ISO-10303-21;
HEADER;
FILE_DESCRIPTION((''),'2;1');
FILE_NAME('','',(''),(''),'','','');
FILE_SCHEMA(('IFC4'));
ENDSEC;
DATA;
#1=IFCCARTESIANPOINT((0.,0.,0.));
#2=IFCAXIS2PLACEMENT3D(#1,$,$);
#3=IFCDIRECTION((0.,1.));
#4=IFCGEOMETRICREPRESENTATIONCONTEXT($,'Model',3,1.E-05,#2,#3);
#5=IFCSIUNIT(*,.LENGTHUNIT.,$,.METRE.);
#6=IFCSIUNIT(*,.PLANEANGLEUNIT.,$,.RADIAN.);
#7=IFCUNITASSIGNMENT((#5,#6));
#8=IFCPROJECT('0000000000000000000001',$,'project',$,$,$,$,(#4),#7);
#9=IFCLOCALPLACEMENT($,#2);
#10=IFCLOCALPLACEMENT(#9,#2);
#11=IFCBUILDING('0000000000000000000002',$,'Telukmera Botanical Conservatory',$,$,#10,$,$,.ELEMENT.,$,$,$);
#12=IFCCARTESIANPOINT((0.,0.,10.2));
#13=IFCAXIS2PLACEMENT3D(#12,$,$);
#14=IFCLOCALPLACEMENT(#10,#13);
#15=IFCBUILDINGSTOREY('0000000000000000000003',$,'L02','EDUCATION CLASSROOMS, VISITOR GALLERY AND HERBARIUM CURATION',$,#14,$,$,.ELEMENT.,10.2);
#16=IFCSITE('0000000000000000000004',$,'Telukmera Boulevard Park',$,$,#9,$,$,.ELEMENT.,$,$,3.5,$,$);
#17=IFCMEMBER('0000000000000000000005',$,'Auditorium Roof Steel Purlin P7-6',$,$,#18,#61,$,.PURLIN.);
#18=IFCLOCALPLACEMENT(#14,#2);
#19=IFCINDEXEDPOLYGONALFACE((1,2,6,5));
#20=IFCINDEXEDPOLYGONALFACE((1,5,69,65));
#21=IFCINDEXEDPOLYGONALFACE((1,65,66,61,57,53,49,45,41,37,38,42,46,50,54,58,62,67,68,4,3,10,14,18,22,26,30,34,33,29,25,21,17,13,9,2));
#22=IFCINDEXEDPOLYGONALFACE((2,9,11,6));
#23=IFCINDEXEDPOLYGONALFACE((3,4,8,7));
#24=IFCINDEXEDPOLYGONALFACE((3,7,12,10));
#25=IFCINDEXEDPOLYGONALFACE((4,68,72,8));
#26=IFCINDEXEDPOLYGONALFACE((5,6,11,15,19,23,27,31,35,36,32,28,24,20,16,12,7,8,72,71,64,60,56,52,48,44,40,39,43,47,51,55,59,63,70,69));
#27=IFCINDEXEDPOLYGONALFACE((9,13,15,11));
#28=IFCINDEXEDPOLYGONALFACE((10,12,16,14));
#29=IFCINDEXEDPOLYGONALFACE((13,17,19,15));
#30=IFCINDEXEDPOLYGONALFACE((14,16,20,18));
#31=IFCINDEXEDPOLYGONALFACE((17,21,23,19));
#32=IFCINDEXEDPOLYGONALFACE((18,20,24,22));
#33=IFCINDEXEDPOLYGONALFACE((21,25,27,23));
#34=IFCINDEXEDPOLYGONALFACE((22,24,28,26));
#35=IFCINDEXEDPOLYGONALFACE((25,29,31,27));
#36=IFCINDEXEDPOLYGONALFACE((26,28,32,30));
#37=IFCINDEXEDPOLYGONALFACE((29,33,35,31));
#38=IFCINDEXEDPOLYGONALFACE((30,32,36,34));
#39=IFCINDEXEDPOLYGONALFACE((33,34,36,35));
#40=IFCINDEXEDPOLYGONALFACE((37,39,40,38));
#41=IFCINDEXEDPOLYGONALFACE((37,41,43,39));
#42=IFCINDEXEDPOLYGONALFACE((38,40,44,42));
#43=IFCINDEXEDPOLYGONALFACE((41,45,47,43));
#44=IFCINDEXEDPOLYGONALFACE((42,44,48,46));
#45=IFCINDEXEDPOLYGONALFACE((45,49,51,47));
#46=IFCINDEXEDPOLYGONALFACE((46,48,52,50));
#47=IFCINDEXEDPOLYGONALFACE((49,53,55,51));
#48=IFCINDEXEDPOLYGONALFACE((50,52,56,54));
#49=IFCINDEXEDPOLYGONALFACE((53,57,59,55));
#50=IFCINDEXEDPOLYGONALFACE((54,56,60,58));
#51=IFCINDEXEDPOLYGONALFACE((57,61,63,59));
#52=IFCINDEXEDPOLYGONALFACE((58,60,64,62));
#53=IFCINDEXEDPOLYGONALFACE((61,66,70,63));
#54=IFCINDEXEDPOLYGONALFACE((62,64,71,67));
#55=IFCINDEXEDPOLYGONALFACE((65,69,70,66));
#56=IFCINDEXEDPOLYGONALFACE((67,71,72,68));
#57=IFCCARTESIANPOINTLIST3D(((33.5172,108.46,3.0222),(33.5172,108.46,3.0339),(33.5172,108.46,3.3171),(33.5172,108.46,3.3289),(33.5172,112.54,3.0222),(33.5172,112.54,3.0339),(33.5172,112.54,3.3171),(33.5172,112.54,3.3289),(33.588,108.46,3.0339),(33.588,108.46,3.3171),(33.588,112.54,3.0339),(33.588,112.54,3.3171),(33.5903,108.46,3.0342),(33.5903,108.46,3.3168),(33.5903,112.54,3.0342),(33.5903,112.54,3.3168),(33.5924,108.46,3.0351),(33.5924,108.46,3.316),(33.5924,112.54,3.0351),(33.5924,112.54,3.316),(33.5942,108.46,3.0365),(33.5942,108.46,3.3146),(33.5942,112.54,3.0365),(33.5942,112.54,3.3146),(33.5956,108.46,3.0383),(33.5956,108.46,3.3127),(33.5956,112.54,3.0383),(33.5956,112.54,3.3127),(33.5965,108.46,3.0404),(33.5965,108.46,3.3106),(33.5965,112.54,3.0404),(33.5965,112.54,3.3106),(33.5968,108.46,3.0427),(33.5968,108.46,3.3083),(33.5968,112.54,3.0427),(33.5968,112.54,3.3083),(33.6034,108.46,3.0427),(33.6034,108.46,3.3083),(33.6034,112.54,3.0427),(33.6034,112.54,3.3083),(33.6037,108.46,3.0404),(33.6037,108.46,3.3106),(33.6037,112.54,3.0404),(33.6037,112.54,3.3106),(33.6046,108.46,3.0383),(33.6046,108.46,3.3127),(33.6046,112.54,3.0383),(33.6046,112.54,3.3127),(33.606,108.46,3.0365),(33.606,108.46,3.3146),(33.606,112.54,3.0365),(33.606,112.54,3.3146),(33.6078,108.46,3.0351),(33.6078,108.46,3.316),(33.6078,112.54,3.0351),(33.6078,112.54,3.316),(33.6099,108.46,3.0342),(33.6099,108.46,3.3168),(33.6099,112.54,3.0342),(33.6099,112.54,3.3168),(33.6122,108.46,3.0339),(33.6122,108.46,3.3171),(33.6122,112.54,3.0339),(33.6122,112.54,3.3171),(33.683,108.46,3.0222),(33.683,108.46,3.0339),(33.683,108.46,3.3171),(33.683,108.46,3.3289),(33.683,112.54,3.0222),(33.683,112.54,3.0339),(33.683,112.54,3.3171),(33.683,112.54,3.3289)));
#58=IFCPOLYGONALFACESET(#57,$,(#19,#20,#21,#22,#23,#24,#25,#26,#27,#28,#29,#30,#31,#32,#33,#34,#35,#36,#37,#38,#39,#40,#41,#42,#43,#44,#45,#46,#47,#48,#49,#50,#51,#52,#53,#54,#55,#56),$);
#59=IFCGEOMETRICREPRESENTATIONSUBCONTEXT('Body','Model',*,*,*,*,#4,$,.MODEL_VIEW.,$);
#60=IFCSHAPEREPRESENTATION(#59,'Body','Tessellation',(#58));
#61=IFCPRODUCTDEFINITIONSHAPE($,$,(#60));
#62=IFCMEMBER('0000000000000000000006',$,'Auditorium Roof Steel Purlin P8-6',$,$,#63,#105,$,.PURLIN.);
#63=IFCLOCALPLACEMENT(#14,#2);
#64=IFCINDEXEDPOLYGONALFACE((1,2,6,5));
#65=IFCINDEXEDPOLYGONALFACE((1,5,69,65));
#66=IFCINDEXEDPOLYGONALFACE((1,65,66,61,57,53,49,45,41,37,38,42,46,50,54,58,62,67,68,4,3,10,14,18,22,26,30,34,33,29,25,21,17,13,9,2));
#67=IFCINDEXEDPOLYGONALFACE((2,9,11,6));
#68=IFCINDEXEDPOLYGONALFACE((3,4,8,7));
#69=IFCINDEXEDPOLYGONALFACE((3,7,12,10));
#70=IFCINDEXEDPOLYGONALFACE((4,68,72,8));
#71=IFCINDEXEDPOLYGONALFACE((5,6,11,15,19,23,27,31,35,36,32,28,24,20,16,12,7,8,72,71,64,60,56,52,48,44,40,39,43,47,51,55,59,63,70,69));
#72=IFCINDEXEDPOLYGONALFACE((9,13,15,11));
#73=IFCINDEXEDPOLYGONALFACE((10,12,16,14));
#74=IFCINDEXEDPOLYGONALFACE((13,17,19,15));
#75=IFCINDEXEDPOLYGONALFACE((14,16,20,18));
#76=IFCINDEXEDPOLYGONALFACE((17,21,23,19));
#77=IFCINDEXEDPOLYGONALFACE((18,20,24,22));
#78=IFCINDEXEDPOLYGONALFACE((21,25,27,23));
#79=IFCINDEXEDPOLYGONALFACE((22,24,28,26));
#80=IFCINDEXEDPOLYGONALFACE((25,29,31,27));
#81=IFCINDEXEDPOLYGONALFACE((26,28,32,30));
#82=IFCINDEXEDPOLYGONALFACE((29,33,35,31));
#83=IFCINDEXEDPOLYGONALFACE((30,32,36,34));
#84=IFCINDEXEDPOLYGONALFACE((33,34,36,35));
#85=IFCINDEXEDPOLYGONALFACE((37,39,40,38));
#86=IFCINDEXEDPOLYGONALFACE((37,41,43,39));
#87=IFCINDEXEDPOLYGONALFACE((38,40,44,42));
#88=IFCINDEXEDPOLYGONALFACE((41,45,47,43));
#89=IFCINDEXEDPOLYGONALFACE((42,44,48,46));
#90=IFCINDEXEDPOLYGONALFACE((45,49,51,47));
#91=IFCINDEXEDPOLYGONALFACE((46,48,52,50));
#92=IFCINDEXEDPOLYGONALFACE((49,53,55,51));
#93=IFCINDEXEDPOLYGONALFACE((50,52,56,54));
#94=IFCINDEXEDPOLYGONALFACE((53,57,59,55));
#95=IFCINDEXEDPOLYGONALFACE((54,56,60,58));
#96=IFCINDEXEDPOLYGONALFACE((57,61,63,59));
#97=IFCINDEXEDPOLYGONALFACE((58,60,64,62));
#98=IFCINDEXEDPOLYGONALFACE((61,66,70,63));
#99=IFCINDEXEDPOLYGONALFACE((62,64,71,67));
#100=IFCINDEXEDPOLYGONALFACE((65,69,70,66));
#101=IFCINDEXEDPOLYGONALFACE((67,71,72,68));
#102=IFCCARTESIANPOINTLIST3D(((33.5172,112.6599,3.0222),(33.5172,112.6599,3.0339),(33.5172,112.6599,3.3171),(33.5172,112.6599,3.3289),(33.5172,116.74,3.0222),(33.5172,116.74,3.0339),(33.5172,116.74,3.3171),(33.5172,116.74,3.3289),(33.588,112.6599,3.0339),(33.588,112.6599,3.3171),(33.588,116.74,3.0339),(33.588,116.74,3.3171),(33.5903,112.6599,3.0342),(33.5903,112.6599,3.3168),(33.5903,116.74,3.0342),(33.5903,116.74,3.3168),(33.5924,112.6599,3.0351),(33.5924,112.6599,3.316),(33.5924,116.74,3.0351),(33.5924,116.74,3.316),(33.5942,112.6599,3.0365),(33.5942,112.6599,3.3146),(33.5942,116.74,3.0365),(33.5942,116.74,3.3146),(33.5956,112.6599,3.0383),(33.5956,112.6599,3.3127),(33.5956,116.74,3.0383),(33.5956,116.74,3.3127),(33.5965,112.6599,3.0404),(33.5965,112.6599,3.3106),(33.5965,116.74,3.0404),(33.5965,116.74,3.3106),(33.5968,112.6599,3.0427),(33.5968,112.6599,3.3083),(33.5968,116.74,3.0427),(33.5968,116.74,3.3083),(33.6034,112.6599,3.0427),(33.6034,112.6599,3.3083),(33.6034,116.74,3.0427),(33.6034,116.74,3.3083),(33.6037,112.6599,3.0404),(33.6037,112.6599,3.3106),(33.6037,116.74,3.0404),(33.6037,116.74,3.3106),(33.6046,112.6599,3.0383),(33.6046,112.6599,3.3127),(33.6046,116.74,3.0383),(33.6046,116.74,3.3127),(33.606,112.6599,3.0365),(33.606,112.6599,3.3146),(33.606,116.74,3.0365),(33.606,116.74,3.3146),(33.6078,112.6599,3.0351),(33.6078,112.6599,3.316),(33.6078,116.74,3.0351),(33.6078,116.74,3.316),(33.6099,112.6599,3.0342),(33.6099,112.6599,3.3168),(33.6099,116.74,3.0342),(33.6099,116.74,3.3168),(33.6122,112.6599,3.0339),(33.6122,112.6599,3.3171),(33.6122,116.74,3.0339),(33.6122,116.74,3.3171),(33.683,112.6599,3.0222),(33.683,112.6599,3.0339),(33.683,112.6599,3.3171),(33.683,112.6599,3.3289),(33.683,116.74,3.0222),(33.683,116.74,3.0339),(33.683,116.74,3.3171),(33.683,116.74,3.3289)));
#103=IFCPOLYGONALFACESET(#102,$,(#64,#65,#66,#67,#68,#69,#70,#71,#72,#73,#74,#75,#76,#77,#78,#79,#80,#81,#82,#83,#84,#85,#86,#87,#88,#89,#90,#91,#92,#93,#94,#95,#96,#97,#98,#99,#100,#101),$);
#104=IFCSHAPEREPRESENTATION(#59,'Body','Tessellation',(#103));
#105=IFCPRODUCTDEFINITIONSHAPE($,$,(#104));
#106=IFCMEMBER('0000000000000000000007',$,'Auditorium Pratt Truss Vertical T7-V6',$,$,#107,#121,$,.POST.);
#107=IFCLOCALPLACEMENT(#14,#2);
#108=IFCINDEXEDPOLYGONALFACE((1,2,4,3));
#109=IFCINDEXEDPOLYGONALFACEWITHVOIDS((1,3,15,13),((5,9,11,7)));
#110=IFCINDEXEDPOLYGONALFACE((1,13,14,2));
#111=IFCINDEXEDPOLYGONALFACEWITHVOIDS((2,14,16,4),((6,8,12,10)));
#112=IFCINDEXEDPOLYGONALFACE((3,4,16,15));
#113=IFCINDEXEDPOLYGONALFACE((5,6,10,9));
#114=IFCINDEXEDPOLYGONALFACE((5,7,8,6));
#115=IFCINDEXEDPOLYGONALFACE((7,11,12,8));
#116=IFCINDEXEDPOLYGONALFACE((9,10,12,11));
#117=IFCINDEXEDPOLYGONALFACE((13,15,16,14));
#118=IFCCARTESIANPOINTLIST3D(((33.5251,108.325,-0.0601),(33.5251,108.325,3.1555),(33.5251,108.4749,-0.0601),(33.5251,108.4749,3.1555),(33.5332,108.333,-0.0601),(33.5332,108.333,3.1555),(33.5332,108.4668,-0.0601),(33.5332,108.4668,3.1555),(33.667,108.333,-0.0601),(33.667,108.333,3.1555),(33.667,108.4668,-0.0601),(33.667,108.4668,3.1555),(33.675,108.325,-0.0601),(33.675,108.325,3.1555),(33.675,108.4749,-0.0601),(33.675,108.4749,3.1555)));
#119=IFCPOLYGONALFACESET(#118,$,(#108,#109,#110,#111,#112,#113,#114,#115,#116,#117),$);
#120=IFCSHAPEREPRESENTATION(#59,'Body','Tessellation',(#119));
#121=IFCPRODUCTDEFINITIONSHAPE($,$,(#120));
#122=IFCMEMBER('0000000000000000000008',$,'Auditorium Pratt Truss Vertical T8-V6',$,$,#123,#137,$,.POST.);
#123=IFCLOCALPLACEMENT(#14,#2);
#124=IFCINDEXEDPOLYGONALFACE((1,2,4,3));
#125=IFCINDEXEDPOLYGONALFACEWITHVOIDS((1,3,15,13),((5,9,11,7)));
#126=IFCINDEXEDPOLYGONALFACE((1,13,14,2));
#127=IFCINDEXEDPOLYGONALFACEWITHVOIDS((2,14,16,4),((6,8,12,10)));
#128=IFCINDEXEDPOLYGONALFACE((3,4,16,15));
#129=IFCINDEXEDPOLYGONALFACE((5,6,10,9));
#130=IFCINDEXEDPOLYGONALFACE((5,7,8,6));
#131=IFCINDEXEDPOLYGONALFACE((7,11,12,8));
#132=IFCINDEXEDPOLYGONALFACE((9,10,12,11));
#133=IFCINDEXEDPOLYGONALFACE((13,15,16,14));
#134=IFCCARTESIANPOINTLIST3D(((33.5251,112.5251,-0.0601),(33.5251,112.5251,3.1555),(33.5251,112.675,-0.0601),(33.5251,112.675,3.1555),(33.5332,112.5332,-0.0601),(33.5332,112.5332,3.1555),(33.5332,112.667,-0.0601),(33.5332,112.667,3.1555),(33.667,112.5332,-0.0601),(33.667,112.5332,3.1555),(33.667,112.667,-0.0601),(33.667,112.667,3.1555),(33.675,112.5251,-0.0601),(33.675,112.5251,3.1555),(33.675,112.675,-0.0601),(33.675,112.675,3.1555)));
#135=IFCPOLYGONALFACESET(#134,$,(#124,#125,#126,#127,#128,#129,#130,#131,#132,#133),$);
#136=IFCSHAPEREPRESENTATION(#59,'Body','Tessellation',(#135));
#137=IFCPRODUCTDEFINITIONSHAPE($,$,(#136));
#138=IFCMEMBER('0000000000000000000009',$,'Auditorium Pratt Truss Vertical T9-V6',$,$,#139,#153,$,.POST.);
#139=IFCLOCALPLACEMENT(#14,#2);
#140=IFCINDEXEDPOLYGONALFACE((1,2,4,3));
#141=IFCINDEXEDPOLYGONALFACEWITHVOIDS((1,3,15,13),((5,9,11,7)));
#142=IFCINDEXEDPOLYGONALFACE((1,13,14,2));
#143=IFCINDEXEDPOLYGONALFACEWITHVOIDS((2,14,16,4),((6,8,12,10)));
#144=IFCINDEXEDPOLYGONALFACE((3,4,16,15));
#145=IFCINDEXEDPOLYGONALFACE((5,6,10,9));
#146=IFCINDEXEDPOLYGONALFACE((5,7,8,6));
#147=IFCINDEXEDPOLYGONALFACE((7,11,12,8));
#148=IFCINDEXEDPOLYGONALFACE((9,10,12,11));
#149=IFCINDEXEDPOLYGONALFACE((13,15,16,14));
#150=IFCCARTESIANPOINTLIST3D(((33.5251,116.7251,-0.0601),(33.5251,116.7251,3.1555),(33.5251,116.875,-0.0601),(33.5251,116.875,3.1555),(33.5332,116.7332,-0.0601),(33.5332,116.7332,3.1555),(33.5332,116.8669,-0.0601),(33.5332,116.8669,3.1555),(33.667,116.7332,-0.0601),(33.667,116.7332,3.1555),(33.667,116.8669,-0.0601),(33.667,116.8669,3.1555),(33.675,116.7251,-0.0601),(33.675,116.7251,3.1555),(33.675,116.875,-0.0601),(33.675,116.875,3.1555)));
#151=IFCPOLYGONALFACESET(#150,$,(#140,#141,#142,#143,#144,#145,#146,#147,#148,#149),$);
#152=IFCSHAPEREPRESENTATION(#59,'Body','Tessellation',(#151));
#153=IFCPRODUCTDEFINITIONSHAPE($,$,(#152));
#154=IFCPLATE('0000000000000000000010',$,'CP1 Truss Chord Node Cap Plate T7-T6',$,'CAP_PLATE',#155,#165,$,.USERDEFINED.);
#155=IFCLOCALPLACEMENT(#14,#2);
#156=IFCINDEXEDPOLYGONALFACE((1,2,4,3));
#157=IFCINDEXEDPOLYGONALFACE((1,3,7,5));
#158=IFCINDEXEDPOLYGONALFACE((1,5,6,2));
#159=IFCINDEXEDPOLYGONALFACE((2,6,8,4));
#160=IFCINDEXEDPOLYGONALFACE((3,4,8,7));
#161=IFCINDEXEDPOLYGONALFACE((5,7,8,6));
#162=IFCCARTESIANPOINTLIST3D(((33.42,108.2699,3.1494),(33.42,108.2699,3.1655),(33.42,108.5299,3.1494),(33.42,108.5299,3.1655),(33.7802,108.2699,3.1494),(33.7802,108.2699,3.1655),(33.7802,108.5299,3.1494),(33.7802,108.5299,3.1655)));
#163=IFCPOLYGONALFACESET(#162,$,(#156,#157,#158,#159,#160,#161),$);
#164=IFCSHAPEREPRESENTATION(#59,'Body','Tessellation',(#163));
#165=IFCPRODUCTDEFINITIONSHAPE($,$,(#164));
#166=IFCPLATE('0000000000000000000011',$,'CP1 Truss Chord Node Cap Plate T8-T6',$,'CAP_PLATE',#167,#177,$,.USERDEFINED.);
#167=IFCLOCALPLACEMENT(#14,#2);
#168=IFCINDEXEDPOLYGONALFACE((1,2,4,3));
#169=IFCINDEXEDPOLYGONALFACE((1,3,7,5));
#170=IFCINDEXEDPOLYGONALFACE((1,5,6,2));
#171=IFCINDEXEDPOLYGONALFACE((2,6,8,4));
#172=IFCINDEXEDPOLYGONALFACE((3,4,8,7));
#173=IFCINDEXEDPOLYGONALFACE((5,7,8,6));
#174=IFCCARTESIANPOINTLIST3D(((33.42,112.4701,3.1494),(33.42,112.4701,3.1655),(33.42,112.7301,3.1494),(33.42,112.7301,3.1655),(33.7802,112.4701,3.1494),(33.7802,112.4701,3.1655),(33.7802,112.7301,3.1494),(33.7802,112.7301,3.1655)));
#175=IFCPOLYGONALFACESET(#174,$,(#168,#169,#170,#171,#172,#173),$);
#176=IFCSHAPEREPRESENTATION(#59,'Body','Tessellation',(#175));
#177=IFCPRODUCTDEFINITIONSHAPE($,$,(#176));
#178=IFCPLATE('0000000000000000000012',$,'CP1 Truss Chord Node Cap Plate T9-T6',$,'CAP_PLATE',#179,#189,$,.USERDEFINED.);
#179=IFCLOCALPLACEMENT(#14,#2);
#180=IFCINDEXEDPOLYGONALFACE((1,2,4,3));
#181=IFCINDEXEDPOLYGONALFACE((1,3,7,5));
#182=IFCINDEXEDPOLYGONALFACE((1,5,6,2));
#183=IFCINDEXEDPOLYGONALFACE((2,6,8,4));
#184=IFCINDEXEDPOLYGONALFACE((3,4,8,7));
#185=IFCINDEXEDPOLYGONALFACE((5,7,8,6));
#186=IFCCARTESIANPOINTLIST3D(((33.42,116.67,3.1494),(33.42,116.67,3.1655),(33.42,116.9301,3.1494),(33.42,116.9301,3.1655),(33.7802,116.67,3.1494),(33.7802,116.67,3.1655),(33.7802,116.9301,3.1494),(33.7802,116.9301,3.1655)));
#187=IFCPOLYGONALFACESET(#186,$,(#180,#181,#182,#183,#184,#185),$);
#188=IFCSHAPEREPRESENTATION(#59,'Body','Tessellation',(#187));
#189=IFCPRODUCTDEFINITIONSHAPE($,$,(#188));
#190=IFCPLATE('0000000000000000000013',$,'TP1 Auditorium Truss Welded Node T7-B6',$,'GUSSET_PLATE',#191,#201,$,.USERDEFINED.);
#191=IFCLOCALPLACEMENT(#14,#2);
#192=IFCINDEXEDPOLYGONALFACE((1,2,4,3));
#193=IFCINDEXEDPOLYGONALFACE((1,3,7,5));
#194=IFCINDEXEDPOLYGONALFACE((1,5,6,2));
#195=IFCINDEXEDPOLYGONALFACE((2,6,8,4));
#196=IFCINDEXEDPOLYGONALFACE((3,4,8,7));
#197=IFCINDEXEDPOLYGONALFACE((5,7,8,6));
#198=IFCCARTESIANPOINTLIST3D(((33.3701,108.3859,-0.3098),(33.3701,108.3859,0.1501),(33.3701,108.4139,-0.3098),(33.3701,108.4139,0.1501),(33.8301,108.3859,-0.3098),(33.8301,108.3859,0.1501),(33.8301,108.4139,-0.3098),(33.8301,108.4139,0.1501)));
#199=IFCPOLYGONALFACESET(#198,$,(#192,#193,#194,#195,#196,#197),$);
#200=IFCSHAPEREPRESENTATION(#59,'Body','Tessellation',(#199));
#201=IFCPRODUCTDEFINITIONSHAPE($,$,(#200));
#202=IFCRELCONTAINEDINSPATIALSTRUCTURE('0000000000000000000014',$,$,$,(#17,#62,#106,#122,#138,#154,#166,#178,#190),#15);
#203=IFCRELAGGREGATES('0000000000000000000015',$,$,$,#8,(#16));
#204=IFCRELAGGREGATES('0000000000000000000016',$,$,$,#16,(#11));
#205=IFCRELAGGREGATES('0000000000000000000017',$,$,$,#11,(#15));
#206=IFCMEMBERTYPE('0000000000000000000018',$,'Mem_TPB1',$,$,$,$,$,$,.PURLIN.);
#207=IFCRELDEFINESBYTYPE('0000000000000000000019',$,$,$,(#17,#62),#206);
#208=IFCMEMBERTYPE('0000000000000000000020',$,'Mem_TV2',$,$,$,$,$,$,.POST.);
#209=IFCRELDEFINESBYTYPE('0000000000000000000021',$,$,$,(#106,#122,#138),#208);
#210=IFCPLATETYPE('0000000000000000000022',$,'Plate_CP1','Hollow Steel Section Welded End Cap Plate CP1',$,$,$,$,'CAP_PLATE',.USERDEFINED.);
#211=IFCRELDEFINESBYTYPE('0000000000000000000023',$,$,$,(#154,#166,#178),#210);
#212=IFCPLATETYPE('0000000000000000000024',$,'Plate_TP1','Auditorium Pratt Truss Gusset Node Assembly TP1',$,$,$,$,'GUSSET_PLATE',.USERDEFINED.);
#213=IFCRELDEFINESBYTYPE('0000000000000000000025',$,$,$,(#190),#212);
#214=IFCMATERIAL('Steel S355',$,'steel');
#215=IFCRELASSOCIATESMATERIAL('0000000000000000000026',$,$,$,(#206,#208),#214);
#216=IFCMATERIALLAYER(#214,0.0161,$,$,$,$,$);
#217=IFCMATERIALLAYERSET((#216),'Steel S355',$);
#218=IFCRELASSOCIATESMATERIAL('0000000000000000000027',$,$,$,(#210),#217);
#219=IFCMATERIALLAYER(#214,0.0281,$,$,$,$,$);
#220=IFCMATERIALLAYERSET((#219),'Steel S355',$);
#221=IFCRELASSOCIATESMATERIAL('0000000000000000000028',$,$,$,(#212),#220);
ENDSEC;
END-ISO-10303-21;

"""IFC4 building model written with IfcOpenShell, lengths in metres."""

from ifc_helpers import new_model, si_unit, direction, frame, origin, origin_2d, place, context, subcontext, project, spatial, rectangle, hollow_rectangle, i_section, extrude, material, layer, layer_set, material_profile, profile_set, type_object, element, save


model = new_model("IFC4")

# Units and contexts
model_context = context("Model", 3, precision=1e-05, world=origin(), true_north=direction((0.0, 1.0)))
body_context = subcontext(model_context, "Body", "Model", "MODEL_VIEW")
ifc_project = project(units=[si_unit("LENGTHUNIT", "METRE"), si_unit("PLANEANGLEUNIT", "RADIAN")], contexts=[model_context])

# Site, building, storey
site_placement = place(None, origin())
site = spatial("IfcSite", under=ifc_project, at=site_placement, Name="Telukmera Boulevard Park", CompositionType="ELEMENT", RefElevation=3.5)
building_placement = place(site_placement, origin())
building = spatial("IfcBuilding", under=site, at=building_placement, Name="Telukmera Botanical Conservatory", CompositionType="ELEMENT")
storey_placement = place(building_placement, frame((0.0, 0.0, 10.2)))
storey = spatial("IfcBuildingStorey", under=building, at=storey_placement, Name="L02", Description="EDUCATION CLASSROOMS, VISITOR GALLERY AND HERBARIUM CURATION", CompositionType="ELEMENT", Elevation=10.2)

# Members
ifc_material_1 = material(Name="Steel S355", Category="steel")
ifc_material_profile_1 = material_profile(ifc_material_1, i_section(OverallWidth=0.1658, OverallDepth=0.3066, WebThickness=0.0066, FlangeThickness=0.0117, FilletRadius=0.0088, at=origin_2d()), Name="UB 305x165x46")
ifc_profile_set_1 = profile_set([ifc_material_profile_1], Name="Steel S355")
member_type_1 = type_object("IfcMemberType", Name="Mem_TPB1", PredefinedType="PURLIN", material=ifc_profile_set_1)
for number, where, z_axis, x_axis, name in (
    (1, (33.6001, 108.46, 3.1755), (0.0, 1.0, 0.0), (-1.0, 0.0, 0.0), "Auditorium Roof Steel Purlin P7-6"),
    (2, (33.6001, 112.6599, 3.1755), (0.0, 1.0, 0.0), (-1.0, 0.0, 0.0), "Auditorium Roof Steel Purlin P8-6"),
):
    element("IfcMember", number, at=place(storey_placement, frame(where, z_axis=z_axis, x_axis=x_axis)), inside=storey, type_object=member_type_1, Name=name, PredefinedType="PURLIN", context=body_context, shape_type="SweptSolid", body=[
        extrude(i_section(OverallWidth=0.1658, OverallDepth=0.3066, WebThickness=0.0066, FlangeThickness=0.0117, FilletRadius=0.0088, at=origin_2d()), origin(), (0.0, 0.0, 1.0), 4.0801),
    ])
ifc_material_profile_2 = material_profile(ifc_material_1, hollow_rectangle(XDim=0.1499, YDim=0.1499, WallThickness=0.0081, at=origin_2d()), Name="SHS 150x150x8.0")
ifc_profile_set_2 = profile_set([ifc_material_profile_2], Name="Steel S355")
member_type_2 = type_object("IfcMemberType", Name="Mem_TV2", PredefinedType="POST", material=ifc_profile_set_2)
for number, where, z_axis, x_axis, name in (
    (3, (33.6001, 108.3999, -0.0601), (0.0, 0.0, 1.0), (1.0, 0.0, 0.0), "Auditorium Pratt Truss Vertical T7-V6"),
    (4, (33.6001, 112.6001, -0.0601), (0.0, 0.0, 1.0), (1.0, 0.0, 0.0), "Auditorium Pratt Truss Vertical T8-V6"),
    (5, (33.6001, 116.8, -0.0601), (0.0, 0.0, 1.0), (1.0, 0.0, 0.0), "Auditorium Pratt Truss Vertical T9-V6"),
):
    element("IfcMember", number, at=place(storey_placement, frame(where, z_axis=z_axis, x_axis=x_axis)), inside=storey, type_object=member_type_2, Name=name, PredefinedType="POST", context=body_context, shape_type="SweptSolid", body=[
        extrude(hollow_rectangle(XDim=0.1499, YDim=0.1499, WallThickness=0.0081, at=origin_2d()), origin(), (0.0, 0.0, 1.0), 3.2156),
    ])

# Plates
ifc_layer_1 = layer(ifc_material_1, 0.0161)
ifc_layer_set_1 = layer_set([ifc_layer_1], Name="Steel S355")
plate_type_1 = type_object("IfcPlateType", Name="Plate_CP1", Description="Hollow Steel Section Welded End Cap Plate CP1", ElementType="CAP_PLATE", PredefinedType="USERDEFINED", material=ifc_layer_set_1)
for number, where, z_axis, x_axis, name in (
    (6, (33.6001, 108.3999, 3.1494), (0.0, 0.0, 1.0), (1.0, 0.0, 0.0), "CP1 Truss Chord Node Cap Plate T7-T6"),
    (7, (33.6001, 112.6001, 3.1494), (0.0, 0.0, 1.0), (1.0, 0.0, 0.0), "CP1 Truss Chord Node Cap Plate T8-T6"),
    (8, (33.6001, 116.8, 3.1494), (0.0, 0.0, 1.0), (1.0, 0.0, 0.0), "CP1 Truss Chord Node Cap Plate T9-T6"),
):
    element("IfcPlate", number, at=place(storey_placement, frame(where, z_axis=z_axis, x_axis=x_axis)), inside=storey, type_object=plate_type_1, Name=name, ObjectType="CAP_PLATE", PredefinedType="USERDEFINED", context=body_context, shape_type="SweptSolid", body=[
        extrude(rectangle(XDim=0.3601, YDim=0.26, at=origin_2d()), origin(), (0.0, 0.0, 1.0), 0.0161),
    ])
ifc_layer_2 = layer(ifc_material_1, 0.0281)
ifc_layer_set_2 = layer_set([ifc_layer_2], Name="Steel S355")
plate_type_2 = type_object("IfcPlateType", Name="Plate_TP1", Description="Auditorium Pratt Truss Gusset Node Assembly TP1", ElementType="GUSSET_PLATE", PredefinedType="USERDEFINED", material=ifc_layer_set_2)
for number, where, z_axis, x_axis, name in (
    (9, (33.6001, 108.3999, -0.3098), (0.0, 0.0, 1.0), (1.0, 0.0, 0.0), "TP1 Auditorium Truss Welded Node T7-B6"),
):
    element("IfcPlate", number, at=place(storey_placement, frame(where, z_axis=z_axis, x_axis=x_axis)), inside=storey, type_object=plate_type_2, Name=name, ObjectType="GUSSET_PLATE", PredefinedType="USERDEFINED", context=body_context, shape_type="SweptSolid", body=[
        extrude(rectangle(XDim=0.46, YDim=0.0281, at=origin_2d()), origin(), (0.0, 0.0, 1.0), 0.46),
    ])

save(model, "model.ifc")
